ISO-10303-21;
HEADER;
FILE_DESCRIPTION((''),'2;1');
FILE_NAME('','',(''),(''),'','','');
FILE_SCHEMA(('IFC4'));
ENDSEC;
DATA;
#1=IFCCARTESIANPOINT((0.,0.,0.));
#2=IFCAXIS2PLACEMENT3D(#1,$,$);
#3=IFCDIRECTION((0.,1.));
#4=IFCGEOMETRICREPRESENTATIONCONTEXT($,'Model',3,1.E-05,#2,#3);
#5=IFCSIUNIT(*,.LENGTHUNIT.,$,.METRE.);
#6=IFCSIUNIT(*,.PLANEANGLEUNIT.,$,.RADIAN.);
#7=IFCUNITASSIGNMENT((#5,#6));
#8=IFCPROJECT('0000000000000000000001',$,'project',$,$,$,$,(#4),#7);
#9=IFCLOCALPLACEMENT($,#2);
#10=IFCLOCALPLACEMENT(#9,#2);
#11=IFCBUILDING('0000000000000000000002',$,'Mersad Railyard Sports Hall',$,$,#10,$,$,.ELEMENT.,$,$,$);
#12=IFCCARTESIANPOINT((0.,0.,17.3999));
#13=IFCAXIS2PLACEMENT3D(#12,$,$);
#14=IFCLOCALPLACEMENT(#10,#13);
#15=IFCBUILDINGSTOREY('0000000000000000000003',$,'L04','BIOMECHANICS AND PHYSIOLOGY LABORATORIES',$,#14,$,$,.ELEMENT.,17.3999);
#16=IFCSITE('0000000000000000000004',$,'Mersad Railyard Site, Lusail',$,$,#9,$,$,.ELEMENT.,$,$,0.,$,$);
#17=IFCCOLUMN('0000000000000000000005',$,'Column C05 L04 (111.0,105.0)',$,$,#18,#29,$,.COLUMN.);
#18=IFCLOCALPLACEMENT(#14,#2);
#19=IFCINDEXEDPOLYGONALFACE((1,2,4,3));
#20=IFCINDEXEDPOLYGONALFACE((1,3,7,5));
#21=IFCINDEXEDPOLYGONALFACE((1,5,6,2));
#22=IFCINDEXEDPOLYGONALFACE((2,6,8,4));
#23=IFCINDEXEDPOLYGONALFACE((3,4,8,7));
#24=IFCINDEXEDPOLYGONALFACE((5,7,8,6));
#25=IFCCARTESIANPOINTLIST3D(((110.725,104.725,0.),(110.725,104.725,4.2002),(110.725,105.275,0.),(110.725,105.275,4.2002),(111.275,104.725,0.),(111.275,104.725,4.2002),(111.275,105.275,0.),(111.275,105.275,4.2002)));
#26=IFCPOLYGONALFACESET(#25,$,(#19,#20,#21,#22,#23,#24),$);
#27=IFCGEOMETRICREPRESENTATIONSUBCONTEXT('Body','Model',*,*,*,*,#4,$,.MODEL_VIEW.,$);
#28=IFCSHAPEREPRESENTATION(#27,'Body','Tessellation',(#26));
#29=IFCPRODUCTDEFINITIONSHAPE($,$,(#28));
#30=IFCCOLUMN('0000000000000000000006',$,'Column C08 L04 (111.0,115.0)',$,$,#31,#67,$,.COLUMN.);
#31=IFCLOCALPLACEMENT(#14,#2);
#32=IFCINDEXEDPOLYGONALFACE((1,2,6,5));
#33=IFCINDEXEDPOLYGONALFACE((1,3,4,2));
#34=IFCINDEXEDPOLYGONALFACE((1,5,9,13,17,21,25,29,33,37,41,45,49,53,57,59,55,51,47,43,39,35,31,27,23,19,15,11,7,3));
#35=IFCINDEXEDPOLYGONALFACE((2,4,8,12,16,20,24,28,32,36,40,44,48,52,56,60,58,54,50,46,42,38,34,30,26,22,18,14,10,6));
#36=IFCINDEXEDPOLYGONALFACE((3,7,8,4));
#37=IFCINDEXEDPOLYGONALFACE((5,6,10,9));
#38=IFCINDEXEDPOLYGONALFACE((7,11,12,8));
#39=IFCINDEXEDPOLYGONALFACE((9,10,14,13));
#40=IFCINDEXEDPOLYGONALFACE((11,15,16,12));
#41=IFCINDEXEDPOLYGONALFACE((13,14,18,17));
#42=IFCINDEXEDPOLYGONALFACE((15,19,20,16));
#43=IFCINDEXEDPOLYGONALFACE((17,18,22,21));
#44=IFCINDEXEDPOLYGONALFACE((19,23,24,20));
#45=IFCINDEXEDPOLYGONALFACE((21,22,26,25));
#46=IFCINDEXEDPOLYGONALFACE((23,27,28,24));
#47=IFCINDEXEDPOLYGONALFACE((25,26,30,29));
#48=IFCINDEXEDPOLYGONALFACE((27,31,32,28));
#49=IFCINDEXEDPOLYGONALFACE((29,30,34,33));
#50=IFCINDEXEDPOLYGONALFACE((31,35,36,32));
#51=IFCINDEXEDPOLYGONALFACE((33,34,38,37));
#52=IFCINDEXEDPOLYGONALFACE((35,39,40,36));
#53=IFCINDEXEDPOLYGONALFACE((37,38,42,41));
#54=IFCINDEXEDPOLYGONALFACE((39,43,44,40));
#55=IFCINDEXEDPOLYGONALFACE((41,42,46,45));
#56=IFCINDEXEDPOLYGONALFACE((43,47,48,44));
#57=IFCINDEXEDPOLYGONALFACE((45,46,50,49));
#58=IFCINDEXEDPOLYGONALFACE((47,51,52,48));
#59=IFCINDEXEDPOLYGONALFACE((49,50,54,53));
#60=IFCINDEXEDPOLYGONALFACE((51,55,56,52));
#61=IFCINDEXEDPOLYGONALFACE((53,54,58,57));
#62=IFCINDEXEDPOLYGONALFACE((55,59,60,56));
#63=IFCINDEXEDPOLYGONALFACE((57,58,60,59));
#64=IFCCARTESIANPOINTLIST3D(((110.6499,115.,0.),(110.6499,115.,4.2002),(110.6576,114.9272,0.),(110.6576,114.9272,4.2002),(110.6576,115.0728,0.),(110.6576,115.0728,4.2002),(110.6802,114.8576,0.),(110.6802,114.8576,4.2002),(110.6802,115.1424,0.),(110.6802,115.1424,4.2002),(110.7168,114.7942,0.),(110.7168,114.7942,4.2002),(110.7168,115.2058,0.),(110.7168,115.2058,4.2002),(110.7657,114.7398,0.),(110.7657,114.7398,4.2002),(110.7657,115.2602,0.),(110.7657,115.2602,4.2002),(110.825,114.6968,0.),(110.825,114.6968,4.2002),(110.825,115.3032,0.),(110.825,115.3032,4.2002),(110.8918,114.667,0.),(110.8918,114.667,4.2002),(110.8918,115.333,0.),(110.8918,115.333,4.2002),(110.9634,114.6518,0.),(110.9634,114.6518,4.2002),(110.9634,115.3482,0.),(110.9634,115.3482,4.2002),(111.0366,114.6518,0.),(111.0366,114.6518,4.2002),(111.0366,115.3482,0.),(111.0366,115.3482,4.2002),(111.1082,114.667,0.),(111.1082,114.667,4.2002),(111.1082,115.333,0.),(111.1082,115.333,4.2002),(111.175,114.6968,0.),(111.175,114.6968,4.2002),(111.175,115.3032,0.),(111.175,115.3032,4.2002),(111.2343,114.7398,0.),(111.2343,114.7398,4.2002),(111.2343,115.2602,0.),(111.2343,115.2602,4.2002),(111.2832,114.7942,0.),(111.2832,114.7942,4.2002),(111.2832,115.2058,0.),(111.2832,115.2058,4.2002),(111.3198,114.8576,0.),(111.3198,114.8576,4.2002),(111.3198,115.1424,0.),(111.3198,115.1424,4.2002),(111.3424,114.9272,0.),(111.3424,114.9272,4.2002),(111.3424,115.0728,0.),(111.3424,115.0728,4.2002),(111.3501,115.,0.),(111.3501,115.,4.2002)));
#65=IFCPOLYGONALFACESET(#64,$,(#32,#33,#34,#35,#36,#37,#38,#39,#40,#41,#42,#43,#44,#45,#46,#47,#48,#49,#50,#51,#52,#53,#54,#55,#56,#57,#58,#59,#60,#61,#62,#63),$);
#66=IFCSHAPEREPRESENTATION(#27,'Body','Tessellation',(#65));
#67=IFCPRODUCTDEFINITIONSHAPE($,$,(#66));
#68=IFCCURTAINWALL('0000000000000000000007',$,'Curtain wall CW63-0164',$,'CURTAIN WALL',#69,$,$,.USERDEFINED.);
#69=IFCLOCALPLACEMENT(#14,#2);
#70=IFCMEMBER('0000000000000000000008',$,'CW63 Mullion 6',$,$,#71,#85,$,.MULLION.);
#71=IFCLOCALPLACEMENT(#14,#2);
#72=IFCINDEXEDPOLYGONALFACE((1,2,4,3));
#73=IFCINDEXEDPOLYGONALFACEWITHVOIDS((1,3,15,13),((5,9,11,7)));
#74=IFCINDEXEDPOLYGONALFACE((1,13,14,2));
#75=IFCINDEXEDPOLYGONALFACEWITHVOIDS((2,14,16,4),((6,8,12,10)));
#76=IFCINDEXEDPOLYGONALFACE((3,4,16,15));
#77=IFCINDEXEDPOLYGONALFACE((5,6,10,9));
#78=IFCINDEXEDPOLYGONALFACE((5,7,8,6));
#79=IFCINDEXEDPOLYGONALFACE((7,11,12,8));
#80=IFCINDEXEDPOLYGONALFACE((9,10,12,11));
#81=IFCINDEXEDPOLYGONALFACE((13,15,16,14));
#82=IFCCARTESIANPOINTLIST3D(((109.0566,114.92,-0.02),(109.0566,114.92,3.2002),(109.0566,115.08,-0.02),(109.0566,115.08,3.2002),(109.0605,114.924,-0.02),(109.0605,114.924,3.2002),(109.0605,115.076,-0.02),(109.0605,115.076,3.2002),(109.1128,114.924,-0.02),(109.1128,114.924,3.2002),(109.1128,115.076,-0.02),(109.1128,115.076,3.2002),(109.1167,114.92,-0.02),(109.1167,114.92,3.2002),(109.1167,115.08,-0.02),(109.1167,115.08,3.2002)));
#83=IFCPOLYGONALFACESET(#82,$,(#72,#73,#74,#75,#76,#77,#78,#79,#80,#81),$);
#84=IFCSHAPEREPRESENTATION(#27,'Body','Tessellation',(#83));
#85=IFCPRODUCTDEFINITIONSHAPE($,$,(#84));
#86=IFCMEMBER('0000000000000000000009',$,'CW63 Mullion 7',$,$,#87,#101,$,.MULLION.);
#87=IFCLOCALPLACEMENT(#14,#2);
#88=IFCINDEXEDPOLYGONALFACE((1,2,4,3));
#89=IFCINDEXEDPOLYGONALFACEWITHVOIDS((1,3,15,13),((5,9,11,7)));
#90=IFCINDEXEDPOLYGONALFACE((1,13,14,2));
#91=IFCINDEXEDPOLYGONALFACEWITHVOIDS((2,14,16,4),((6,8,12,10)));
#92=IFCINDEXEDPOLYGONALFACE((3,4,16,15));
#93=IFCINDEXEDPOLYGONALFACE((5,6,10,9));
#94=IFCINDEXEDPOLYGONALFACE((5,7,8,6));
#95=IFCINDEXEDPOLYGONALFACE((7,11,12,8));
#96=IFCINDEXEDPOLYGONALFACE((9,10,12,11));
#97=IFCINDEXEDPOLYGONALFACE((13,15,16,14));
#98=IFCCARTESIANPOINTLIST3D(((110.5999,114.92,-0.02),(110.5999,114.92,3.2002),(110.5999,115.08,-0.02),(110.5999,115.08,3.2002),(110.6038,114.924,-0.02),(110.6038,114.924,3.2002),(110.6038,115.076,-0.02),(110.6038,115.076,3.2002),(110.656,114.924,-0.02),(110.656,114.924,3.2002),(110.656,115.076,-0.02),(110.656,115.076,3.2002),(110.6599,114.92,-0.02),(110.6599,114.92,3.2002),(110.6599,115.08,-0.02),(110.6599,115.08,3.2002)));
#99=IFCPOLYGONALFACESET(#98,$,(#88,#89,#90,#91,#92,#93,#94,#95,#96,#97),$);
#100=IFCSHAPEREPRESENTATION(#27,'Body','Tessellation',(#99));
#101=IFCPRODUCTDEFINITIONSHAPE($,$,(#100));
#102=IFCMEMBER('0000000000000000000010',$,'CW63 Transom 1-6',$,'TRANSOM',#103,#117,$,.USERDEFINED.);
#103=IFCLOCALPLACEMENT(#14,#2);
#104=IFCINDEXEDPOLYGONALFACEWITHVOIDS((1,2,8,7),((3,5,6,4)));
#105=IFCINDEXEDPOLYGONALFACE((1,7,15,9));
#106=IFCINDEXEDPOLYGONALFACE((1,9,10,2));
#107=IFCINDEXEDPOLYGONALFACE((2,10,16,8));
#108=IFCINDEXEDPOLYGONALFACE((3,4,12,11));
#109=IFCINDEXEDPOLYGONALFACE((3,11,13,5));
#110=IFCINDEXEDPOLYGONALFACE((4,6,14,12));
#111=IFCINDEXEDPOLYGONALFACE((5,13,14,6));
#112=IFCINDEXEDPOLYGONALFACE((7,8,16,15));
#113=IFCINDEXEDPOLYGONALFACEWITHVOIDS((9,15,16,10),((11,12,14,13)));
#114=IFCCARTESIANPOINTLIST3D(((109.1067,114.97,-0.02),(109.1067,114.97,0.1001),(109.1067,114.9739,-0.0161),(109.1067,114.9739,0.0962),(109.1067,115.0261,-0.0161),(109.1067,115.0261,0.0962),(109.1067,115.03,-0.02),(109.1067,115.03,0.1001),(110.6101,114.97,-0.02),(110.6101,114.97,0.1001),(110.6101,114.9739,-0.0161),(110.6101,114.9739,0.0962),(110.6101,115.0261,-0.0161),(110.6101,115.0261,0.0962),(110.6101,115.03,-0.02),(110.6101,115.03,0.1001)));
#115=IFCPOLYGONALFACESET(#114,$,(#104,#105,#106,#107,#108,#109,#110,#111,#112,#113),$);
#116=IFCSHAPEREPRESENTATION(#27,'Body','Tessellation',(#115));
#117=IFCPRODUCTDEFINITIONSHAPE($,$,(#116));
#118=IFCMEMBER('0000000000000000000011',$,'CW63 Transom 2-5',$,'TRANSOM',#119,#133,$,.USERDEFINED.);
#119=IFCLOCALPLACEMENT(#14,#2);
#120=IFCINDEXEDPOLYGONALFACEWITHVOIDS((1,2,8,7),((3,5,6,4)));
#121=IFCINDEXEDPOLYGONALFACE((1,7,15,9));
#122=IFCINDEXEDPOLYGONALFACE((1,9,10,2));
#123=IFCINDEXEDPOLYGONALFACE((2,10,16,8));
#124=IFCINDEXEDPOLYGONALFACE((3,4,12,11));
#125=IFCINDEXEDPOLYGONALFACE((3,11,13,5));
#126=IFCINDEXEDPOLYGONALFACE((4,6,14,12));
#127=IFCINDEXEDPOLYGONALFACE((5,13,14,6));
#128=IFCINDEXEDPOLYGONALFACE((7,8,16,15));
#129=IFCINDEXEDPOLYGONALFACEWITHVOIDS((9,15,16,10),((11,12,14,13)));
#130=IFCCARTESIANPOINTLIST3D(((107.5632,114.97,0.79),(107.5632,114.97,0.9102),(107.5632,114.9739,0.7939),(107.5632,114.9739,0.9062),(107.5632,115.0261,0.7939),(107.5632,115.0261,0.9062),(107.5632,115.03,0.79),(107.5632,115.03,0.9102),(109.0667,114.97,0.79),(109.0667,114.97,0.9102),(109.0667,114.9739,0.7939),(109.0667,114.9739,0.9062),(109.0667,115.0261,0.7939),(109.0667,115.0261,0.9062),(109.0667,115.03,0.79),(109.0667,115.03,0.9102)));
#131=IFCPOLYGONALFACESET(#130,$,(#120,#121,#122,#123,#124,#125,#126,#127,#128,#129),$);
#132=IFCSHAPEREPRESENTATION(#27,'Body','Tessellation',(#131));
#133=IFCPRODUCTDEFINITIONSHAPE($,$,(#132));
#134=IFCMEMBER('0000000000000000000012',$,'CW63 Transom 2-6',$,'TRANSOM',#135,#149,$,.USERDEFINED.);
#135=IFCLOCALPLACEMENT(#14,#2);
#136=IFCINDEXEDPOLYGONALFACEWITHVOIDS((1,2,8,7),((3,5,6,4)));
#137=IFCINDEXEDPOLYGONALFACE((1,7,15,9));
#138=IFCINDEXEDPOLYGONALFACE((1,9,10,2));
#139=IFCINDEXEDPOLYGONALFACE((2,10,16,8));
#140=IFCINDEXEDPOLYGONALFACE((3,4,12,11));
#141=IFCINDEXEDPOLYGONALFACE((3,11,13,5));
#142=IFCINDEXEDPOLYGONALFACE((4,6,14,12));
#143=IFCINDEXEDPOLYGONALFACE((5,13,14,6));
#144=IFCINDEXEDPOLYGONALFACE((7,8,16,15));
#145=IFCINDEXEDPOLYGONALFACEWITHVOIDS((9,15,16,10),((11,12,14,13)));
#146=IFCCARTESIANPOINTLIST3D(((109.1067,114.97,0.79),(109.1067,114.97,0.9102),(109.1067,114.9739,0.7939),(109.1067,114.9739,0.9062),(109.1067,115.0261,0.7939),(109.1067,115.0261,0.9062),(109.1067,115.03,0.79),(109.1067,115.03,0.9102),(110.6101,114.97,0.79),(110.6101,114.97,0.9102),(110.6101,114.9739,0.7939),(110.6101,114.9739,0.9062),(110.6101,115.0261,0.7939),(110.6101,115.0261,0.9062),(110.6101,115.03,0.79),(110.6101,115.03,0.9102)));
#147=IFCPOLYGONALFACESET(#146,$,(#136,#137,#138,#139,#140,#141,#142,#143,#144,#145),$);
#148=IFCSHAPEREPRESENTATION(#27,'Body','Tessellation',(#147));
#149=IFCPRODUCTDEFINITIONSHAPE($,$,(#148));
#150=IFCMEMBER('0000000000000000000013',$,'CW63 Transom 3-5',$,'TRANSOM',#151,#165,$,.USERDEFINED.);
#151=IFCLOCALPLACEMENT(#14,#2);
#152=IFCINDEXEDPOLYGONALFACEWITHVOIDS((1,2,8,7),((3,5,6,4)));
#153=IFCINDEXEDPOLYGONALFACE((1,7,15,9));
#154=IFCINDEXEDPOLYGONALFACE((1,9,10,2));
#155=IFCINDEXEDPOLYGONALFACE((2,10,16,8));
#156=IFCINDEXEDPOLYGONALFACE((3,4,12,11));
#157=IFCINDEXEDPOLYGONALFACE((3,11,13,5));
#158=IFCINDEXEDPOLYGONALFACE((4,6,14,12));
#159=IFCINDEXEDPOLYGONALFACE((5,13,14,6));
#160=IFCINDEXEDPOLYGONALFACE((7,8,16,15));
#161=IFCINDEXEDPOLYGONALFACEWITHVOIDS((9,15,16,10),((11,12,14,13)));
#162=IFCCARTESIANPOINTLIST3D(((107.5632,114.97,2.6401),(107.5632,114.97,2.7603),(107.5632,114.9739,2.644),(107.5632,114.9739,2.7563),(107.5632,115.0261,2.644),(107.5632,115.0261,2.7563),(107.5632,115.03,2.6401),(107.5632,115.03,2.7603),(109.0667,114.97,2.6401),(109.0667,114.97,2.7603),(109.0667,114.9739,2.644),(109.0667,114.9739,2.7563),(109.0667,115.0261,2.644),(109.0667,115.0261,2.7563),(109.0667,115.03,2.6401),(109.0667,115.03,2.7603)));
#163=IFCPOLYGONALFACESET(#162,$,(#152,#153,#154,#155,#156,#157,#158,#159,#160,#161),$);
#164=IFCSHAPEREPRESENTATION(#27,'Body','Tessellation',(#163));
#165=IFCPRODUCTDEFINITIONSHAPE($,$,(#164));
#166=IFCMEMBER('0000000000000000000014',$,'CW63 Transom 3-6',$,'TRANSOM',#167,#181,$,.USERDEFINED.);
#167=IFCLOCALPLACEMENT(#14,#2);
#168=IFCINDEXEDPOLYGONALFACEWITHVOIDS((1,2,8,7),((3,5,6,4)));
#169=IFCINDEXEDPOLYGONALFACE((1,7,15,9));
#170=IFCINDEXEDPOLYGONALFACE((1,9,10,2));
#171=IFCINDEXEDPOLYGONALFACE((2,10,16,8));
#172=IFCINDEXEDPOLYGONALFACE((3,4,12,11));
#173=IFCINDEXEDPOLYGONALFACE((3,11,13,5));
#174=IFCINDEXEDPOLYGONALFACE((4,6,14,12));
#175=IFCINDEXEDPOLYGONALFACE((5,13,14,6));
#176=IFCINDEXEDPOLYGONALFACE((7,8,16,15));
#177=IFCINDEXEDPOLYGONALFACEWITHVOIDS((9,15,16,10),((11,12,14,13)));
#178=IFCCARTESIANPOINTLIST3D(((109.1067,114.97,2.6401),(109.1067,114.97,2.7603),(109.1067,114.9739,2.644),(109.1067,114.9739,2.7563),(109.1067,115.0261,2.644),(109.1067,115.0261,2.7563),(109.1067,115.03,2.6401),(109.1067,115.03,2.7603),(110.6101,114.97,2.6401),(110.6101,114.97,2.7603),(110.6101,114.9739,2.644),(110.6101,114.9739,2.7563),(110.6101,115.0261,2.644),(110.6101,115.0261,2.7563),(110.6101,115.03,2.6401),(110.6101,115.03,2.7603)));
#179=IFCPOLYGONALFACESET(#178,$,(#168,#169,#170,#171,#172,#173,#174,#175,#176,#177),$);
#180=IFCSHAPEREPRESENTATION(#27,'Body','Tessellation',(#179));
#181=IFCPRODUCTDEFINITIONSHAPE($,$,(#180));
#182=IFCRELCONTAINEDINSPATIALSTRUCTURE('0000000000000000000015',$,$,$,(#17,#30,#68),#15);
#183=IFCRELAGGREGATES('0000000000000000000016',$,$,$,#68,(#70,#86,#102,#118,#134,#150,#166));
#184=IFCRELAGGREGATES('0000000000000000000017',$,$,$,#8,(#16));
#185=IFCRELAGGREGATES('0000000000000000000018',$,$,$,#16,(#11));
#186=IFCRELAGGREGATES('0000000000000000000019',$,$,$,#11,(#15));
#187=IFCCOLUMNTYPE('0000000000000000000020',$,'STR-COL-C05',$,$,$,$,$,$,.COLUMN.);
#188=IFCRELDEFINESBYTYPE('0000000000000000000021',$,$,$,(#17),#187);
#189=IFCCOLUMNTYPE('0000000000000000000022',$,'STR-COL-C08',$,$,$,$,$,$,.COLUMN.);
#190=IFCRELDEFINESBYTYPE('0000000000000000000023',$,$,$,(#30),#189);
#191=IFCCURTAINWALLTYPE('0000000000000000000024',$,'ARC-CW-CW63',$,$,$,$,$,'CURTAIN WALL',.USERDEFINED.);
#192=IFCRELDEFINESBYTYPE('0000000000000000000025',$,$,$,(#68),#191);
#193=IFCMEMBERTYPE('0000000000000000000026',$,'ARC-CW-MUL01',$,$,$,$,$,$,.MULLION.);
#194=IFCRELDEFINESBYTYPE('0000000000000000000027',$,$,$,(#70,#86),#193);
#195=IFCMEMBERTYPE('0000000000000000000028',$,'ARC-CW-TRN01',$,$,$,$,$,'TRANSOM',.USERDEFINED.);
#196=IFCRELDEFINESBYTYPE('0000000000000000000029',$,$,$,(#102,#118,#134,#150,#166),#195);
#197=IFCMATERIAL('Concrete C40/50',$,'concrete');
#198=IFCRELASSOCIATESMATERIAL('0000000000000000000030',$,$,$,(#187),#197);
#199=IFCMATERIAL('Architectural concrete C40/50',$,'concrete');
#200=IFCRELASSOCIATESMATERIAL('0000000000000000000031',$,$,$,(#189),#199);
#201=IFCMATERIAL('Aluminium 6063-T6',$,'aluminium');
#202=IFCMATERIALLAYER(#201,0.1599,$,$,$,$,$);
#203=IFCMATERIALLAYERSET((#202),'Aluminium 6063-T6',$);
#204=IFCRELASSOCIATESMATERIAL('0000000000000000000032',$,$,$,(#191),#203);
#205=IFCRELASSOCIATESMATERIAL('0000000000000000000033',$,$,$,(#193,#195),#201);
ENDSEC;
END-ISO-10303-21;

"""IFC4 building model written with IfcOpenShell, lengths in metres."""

from ifc_helpers import new_model, si_unit, direction, frame, origin, origin_2d, place, context, subcontext, project, spatial, rectangle, hollow_rectangle, circle, extrude, material, layer, layer_set, material_profile, profile_set, type_object, element, aggregate, save


model = new_model("IFC4")

# Units and contexts
model_context = context("Model", 3, precision=1e-05, world=origin(), true_north=direction((0.0, 1.0)))
body_context = subcontext(model_context, "Body", "Model", "MODEL_VIEW")
ifc_project = project(units=[si_unit("LENGTHUNIT", "METRE"), si_unit("PLANEANGLEUNIT", "RADIAN")], contexts=[model_context])

# Site, building, storey
site_placement = place(None, origin())
site = spatial("IfcSite", under=ifc_project, at=site_placement, Name="Mersad Railyard Site, Lusail", CompositionType="ELEMENT", RefElevation=0.0)
building_placement = place(site_placement, origin())
building = spatial("IfcBuilding", under=site, at=building_placement, Name="Mersad Railyard Sports Hall", CompositionType="ELEMENT")
storey_placement = place(building_placement, frame((0.0, 0.0, 17.3999)))
storey = spatial("IfcBuildingStorey", under=building, at=storey_placement, Name="L04", Description="BIOMECHANICS AND PHYSIOLOGY LABORATORIES", CompositionType="ELEMENT", Elevation=17.3999)

# Columns
ifc_material_1 = material(Name="Concrete C40/50", Category="concrete")
ifc_material_profile_1 = material_profile(ifc_material_1, rectangle(XDim=0.55, YDim=0.55, at=origin_2d()), Name="RC 550x550")
ifc_profile_set_1 = profile_set([ifc_material_profile_1], Name="Concrete C40/50")
column_type_1 = type_object("IfcColumnType", Name="STR-COL-C05", PredefinedType="COLUMN", material=ifc_profile_set_1)
column_1_placement = place(storey_placement, frame((111.0, 105.0, 0.0), z_axis=(0.0, 0.0, 1.0), x_axis=(1.0, 0.0, 0.0)))
element("IfcColumn", 1, at=column_1_placement, inside=storey, type_object=column_type_1, Name="Column C05 L04 (111.0,105.0)", PredefinedType="COLUMN", context=body_context, shape_type="SweptSolid", body=[
    extrude(rectangle(XDim=0.55, YDim=0.55, at=origin_2d()), origin(), (0.0, 0.0, 1.0), 4.2002),
])
ifc_material_2 = material(Name="Architectural concrete C40/50", Category="concrete")
ifc_material_profile_2 = material_profile(ifc_material_2, circle(Radius=0.3501, at=origin_2d()), Name="RC D700")
ifc_profile_set_2 = profile_set([ifc_material_profile_2], Name="Architectural concrete C40/50")
column_type_2 = type_object("IfcColumnType", Name="STR-COL-C08", PredefinedType="COLUMN", material=ifc_profile_set_2)
column_2_placement = place(storey_placement, frame((111.0, 115.0, 0.0), z_axis=(0.0, 0.0, 1.0), x_axis=(1.0, 0.0, 0.0)))
element("IfcColumn", 2, at=column_2_placement, inside=storey, type_object=column_type_2, Name="Column C08 L04 (111.0,115.0)", PredefinedType="COLUMN", context=body_context, shape_type="SweptSolid", body=[
    extrude(circle(Radius=0.3501, at=origin_2d()), origin(), (0.0, 0.0, 1.0), 4.2002),
])

# Curtain wall, members
ifc_material_3 = material(Name="Aluminium 6063-T6", Category="aluminium")
ifc_layer_1 = layer(ifc_material_3, 0.1599)
ifc_layer_set_1 = layer_set([ifc_layer_1], Name="Aluminium 6063-T6")
curtain_wall_type = type_object("IfcCurtainWallType", Name="ARC-CW-CW63", ElementType="CURTAIN WALL", PredefinedType="USERDEFINED", material=ifc_layer_set_1)
curtain_wall_placement = place(storey_placement, origin())
curtain_wall = element("IfcCurtainWall", 3, at=curtain_wall_placement, inside=storey, type_object=curtain_wall_type, Name="Curtain wall CW63-0164", ObjectType="CURTAIN WALL", PredefinedType="USERDEFINED")
ifc_material_profile_3 = material_profile(ifc_material_3, hollow_rectangle(XDim=0.0601, YDim=0.1599, WallThickness=0.0039, at=origin_2d()), Name="AL MULLION 60x160x4")
ifc_profile_set_3 = profile_set([ifc_material_profile_3], Name="Aluminium 6063-T6")
member_type_1 = type_object("IfcMemberType", Name="ARC-CW-MUL01", PredefinedType="MULLION", material=ifc_profile_set_3)
member_1_placement = place(storey_placement, frame((109.0867, 115.0, -0.02), z_axis=(0.0, 0.0, 1.0), x_axis=(1.0, 0.0, 0.0)))
member_1 = element("IfcMember", 4, at=member_1_placement, type_object=member_type_1, Name="CW63 Mullion 6", PredefinedType="MULLION", context=body_context, shape_type="SweptSolid", body=[
    extrude(hollow_rectangle(XDim=0.0601, YDim=0.1599, WallThickness=0.0039, at=origin_2d()), origin(), (0.0, 0.0, 1.0), 3.2202),
])
member_2_placement = place(storey_placement, frame((110.6299, 115.0, -0.02), z_axis=(0.0, 0.0, 1.0), x_axis=(1.0, 0.0, 0.0)))
member_2 = element("IfcMember", 5, at=member_2_placement, type_object=member_type_1, Name="CW63 Mullion 7", PredefinedType="MULLION", context=body_context, shape_type="SweptSolid", body=[
    extrude(hollow_rectangle(XDim=0.0601, YDim=0.1599, WallThickness=0.0039, at=origin_2d()), origin(), (0.0, 0.0, 1.0), 3.2202),
])
ifc_material_profile_4 = material_profile(ifc_material_3, hollow_rectangle(XDim=0.0601, YDim=0.1201, WallThickness=0.0039, at=origin_2d()), Name="AL TRANSOM 60x120x4")
ifc_profile_set_4 = profile_set([ifc_material_profile_4], Name="Aluminium 6063-T6")
member_type_2 = type_object("IfcMemberType", Name="ARC-CW-TRN01", ElementType="TRANSOM", PredefinedType="USERDEFINED", material=ifc_profile_set_4)
member_3_placement = place(storey_placement, frame((109.1067, 115.0, 0.04), z_axis=(1.0, 0.0, 0.0), x_axis=(0.0, 1.0, 0.0)))
member_3 = element("IfcMember", 6, at=member_3_placement, type_object=member_type_2, Name="CW63 Transom 1-6", ObjectType="TRANSOM", PredefinedType="USERDEFINED", context=body_context, shape_type="SweptSolid", body=[
    extrude(hollow_rectangle(XDim=0.0601, YDim=0.1201, WallThickness=0.0039, at=origin_2d()), origin(), (0.0, 0.0, 1.0), 1.5034),
])
member_4_placement = place(storey_placement, frame((107.5632, 115.0, 0.8501), z_axis=(1.0, 0.0, 0.0), x_axis=(0.0, 1.0, 0.0)))
member_4 = element("IfcMember", 7, at=member_4_placement, type_object=member_type_2, Name="CW63 Transom 2-5", ObjectType="TRANSOM", PredefinedType="USERDEFINED", context=body_context, shape_type="SweptSolid", body=[
    extrude(hollow_rectangle(XDim=0.0601, YDim=0.1201, WallThickness=0.0039, at=origin_2d()), origin(), (0.0, 0.0, 1.0), 1.5034),
])
member_5_placement = place(storey_placement, frame((109.1067, 115.0, 0.8501), z_axis=(1.0, 0.0, 0.0), x_axis=(0.0, 1.0, 0.0)))
member_5 = element("IfcMember", 8, at=member_5_placement, type_object=member_type_2, Name="CW63 Transom 2-6", ObjectType="TRANSOM", PredefinedType="USERDEFINED", context=body_context, shape_type="SweptSolid", body=[
    extrude(hollow_rectangle(XDim=0.0601, YDim=0.1201, WallThickness=0.0039, at=origin_2d()), origin(), (0.0, 0.0, 1.0), 1.5034),
])
member_6_placement = place(storey_placement, frame((107.5632, 115.0, 2.7002), z_axis=(1.0, 0.0, 0.0), x_axis=(0.0, 1.0, 0.0)))
member_6 = element("IfcMember", 9, at=member_6_placement, type_object=member_type_2, Name="CW63 Transom 3-5", ObjectType="TRANSOM", PredefinedType="USERDEFINED", context=body_context, shape_type="SweptSolid", body=[
    extrude(hollow_rectangle(XDim=0.0601, YDim=0.1201, WallThickness=0.0039, at=origin_2d()), origin(), (0.0, 0.0, 1.0), 1.5034),
])
member_7_placement = place(storey_placement, frame((109.1067, 115.0, 2.7002), z_axis=(1.0, 0.0, 0.0), x_axis=(0.0, 1.0, 0.0)))
member_7 = element("IfcMember", 10, at=member_7_placement, type_object=member_type_2, Name="CW63 Transom 3-6", ObjectType="TRANSOM", PredefinedType="USERDEFINED", context=body_context, shape_type="SweptSolid", body=[
    extrude(hollow_rectangle(XDim=0.0601, YDim=0.1201, WallThickness=0.0039, at=origin_2d()), origin(), (0.0, 0.0, 1.0), 1.5034),
])

aggregate(curtain_wall, [member_1, member_2, member_3, member_4, member_5, member_6, member_7])

save(model, "model.ifc")
